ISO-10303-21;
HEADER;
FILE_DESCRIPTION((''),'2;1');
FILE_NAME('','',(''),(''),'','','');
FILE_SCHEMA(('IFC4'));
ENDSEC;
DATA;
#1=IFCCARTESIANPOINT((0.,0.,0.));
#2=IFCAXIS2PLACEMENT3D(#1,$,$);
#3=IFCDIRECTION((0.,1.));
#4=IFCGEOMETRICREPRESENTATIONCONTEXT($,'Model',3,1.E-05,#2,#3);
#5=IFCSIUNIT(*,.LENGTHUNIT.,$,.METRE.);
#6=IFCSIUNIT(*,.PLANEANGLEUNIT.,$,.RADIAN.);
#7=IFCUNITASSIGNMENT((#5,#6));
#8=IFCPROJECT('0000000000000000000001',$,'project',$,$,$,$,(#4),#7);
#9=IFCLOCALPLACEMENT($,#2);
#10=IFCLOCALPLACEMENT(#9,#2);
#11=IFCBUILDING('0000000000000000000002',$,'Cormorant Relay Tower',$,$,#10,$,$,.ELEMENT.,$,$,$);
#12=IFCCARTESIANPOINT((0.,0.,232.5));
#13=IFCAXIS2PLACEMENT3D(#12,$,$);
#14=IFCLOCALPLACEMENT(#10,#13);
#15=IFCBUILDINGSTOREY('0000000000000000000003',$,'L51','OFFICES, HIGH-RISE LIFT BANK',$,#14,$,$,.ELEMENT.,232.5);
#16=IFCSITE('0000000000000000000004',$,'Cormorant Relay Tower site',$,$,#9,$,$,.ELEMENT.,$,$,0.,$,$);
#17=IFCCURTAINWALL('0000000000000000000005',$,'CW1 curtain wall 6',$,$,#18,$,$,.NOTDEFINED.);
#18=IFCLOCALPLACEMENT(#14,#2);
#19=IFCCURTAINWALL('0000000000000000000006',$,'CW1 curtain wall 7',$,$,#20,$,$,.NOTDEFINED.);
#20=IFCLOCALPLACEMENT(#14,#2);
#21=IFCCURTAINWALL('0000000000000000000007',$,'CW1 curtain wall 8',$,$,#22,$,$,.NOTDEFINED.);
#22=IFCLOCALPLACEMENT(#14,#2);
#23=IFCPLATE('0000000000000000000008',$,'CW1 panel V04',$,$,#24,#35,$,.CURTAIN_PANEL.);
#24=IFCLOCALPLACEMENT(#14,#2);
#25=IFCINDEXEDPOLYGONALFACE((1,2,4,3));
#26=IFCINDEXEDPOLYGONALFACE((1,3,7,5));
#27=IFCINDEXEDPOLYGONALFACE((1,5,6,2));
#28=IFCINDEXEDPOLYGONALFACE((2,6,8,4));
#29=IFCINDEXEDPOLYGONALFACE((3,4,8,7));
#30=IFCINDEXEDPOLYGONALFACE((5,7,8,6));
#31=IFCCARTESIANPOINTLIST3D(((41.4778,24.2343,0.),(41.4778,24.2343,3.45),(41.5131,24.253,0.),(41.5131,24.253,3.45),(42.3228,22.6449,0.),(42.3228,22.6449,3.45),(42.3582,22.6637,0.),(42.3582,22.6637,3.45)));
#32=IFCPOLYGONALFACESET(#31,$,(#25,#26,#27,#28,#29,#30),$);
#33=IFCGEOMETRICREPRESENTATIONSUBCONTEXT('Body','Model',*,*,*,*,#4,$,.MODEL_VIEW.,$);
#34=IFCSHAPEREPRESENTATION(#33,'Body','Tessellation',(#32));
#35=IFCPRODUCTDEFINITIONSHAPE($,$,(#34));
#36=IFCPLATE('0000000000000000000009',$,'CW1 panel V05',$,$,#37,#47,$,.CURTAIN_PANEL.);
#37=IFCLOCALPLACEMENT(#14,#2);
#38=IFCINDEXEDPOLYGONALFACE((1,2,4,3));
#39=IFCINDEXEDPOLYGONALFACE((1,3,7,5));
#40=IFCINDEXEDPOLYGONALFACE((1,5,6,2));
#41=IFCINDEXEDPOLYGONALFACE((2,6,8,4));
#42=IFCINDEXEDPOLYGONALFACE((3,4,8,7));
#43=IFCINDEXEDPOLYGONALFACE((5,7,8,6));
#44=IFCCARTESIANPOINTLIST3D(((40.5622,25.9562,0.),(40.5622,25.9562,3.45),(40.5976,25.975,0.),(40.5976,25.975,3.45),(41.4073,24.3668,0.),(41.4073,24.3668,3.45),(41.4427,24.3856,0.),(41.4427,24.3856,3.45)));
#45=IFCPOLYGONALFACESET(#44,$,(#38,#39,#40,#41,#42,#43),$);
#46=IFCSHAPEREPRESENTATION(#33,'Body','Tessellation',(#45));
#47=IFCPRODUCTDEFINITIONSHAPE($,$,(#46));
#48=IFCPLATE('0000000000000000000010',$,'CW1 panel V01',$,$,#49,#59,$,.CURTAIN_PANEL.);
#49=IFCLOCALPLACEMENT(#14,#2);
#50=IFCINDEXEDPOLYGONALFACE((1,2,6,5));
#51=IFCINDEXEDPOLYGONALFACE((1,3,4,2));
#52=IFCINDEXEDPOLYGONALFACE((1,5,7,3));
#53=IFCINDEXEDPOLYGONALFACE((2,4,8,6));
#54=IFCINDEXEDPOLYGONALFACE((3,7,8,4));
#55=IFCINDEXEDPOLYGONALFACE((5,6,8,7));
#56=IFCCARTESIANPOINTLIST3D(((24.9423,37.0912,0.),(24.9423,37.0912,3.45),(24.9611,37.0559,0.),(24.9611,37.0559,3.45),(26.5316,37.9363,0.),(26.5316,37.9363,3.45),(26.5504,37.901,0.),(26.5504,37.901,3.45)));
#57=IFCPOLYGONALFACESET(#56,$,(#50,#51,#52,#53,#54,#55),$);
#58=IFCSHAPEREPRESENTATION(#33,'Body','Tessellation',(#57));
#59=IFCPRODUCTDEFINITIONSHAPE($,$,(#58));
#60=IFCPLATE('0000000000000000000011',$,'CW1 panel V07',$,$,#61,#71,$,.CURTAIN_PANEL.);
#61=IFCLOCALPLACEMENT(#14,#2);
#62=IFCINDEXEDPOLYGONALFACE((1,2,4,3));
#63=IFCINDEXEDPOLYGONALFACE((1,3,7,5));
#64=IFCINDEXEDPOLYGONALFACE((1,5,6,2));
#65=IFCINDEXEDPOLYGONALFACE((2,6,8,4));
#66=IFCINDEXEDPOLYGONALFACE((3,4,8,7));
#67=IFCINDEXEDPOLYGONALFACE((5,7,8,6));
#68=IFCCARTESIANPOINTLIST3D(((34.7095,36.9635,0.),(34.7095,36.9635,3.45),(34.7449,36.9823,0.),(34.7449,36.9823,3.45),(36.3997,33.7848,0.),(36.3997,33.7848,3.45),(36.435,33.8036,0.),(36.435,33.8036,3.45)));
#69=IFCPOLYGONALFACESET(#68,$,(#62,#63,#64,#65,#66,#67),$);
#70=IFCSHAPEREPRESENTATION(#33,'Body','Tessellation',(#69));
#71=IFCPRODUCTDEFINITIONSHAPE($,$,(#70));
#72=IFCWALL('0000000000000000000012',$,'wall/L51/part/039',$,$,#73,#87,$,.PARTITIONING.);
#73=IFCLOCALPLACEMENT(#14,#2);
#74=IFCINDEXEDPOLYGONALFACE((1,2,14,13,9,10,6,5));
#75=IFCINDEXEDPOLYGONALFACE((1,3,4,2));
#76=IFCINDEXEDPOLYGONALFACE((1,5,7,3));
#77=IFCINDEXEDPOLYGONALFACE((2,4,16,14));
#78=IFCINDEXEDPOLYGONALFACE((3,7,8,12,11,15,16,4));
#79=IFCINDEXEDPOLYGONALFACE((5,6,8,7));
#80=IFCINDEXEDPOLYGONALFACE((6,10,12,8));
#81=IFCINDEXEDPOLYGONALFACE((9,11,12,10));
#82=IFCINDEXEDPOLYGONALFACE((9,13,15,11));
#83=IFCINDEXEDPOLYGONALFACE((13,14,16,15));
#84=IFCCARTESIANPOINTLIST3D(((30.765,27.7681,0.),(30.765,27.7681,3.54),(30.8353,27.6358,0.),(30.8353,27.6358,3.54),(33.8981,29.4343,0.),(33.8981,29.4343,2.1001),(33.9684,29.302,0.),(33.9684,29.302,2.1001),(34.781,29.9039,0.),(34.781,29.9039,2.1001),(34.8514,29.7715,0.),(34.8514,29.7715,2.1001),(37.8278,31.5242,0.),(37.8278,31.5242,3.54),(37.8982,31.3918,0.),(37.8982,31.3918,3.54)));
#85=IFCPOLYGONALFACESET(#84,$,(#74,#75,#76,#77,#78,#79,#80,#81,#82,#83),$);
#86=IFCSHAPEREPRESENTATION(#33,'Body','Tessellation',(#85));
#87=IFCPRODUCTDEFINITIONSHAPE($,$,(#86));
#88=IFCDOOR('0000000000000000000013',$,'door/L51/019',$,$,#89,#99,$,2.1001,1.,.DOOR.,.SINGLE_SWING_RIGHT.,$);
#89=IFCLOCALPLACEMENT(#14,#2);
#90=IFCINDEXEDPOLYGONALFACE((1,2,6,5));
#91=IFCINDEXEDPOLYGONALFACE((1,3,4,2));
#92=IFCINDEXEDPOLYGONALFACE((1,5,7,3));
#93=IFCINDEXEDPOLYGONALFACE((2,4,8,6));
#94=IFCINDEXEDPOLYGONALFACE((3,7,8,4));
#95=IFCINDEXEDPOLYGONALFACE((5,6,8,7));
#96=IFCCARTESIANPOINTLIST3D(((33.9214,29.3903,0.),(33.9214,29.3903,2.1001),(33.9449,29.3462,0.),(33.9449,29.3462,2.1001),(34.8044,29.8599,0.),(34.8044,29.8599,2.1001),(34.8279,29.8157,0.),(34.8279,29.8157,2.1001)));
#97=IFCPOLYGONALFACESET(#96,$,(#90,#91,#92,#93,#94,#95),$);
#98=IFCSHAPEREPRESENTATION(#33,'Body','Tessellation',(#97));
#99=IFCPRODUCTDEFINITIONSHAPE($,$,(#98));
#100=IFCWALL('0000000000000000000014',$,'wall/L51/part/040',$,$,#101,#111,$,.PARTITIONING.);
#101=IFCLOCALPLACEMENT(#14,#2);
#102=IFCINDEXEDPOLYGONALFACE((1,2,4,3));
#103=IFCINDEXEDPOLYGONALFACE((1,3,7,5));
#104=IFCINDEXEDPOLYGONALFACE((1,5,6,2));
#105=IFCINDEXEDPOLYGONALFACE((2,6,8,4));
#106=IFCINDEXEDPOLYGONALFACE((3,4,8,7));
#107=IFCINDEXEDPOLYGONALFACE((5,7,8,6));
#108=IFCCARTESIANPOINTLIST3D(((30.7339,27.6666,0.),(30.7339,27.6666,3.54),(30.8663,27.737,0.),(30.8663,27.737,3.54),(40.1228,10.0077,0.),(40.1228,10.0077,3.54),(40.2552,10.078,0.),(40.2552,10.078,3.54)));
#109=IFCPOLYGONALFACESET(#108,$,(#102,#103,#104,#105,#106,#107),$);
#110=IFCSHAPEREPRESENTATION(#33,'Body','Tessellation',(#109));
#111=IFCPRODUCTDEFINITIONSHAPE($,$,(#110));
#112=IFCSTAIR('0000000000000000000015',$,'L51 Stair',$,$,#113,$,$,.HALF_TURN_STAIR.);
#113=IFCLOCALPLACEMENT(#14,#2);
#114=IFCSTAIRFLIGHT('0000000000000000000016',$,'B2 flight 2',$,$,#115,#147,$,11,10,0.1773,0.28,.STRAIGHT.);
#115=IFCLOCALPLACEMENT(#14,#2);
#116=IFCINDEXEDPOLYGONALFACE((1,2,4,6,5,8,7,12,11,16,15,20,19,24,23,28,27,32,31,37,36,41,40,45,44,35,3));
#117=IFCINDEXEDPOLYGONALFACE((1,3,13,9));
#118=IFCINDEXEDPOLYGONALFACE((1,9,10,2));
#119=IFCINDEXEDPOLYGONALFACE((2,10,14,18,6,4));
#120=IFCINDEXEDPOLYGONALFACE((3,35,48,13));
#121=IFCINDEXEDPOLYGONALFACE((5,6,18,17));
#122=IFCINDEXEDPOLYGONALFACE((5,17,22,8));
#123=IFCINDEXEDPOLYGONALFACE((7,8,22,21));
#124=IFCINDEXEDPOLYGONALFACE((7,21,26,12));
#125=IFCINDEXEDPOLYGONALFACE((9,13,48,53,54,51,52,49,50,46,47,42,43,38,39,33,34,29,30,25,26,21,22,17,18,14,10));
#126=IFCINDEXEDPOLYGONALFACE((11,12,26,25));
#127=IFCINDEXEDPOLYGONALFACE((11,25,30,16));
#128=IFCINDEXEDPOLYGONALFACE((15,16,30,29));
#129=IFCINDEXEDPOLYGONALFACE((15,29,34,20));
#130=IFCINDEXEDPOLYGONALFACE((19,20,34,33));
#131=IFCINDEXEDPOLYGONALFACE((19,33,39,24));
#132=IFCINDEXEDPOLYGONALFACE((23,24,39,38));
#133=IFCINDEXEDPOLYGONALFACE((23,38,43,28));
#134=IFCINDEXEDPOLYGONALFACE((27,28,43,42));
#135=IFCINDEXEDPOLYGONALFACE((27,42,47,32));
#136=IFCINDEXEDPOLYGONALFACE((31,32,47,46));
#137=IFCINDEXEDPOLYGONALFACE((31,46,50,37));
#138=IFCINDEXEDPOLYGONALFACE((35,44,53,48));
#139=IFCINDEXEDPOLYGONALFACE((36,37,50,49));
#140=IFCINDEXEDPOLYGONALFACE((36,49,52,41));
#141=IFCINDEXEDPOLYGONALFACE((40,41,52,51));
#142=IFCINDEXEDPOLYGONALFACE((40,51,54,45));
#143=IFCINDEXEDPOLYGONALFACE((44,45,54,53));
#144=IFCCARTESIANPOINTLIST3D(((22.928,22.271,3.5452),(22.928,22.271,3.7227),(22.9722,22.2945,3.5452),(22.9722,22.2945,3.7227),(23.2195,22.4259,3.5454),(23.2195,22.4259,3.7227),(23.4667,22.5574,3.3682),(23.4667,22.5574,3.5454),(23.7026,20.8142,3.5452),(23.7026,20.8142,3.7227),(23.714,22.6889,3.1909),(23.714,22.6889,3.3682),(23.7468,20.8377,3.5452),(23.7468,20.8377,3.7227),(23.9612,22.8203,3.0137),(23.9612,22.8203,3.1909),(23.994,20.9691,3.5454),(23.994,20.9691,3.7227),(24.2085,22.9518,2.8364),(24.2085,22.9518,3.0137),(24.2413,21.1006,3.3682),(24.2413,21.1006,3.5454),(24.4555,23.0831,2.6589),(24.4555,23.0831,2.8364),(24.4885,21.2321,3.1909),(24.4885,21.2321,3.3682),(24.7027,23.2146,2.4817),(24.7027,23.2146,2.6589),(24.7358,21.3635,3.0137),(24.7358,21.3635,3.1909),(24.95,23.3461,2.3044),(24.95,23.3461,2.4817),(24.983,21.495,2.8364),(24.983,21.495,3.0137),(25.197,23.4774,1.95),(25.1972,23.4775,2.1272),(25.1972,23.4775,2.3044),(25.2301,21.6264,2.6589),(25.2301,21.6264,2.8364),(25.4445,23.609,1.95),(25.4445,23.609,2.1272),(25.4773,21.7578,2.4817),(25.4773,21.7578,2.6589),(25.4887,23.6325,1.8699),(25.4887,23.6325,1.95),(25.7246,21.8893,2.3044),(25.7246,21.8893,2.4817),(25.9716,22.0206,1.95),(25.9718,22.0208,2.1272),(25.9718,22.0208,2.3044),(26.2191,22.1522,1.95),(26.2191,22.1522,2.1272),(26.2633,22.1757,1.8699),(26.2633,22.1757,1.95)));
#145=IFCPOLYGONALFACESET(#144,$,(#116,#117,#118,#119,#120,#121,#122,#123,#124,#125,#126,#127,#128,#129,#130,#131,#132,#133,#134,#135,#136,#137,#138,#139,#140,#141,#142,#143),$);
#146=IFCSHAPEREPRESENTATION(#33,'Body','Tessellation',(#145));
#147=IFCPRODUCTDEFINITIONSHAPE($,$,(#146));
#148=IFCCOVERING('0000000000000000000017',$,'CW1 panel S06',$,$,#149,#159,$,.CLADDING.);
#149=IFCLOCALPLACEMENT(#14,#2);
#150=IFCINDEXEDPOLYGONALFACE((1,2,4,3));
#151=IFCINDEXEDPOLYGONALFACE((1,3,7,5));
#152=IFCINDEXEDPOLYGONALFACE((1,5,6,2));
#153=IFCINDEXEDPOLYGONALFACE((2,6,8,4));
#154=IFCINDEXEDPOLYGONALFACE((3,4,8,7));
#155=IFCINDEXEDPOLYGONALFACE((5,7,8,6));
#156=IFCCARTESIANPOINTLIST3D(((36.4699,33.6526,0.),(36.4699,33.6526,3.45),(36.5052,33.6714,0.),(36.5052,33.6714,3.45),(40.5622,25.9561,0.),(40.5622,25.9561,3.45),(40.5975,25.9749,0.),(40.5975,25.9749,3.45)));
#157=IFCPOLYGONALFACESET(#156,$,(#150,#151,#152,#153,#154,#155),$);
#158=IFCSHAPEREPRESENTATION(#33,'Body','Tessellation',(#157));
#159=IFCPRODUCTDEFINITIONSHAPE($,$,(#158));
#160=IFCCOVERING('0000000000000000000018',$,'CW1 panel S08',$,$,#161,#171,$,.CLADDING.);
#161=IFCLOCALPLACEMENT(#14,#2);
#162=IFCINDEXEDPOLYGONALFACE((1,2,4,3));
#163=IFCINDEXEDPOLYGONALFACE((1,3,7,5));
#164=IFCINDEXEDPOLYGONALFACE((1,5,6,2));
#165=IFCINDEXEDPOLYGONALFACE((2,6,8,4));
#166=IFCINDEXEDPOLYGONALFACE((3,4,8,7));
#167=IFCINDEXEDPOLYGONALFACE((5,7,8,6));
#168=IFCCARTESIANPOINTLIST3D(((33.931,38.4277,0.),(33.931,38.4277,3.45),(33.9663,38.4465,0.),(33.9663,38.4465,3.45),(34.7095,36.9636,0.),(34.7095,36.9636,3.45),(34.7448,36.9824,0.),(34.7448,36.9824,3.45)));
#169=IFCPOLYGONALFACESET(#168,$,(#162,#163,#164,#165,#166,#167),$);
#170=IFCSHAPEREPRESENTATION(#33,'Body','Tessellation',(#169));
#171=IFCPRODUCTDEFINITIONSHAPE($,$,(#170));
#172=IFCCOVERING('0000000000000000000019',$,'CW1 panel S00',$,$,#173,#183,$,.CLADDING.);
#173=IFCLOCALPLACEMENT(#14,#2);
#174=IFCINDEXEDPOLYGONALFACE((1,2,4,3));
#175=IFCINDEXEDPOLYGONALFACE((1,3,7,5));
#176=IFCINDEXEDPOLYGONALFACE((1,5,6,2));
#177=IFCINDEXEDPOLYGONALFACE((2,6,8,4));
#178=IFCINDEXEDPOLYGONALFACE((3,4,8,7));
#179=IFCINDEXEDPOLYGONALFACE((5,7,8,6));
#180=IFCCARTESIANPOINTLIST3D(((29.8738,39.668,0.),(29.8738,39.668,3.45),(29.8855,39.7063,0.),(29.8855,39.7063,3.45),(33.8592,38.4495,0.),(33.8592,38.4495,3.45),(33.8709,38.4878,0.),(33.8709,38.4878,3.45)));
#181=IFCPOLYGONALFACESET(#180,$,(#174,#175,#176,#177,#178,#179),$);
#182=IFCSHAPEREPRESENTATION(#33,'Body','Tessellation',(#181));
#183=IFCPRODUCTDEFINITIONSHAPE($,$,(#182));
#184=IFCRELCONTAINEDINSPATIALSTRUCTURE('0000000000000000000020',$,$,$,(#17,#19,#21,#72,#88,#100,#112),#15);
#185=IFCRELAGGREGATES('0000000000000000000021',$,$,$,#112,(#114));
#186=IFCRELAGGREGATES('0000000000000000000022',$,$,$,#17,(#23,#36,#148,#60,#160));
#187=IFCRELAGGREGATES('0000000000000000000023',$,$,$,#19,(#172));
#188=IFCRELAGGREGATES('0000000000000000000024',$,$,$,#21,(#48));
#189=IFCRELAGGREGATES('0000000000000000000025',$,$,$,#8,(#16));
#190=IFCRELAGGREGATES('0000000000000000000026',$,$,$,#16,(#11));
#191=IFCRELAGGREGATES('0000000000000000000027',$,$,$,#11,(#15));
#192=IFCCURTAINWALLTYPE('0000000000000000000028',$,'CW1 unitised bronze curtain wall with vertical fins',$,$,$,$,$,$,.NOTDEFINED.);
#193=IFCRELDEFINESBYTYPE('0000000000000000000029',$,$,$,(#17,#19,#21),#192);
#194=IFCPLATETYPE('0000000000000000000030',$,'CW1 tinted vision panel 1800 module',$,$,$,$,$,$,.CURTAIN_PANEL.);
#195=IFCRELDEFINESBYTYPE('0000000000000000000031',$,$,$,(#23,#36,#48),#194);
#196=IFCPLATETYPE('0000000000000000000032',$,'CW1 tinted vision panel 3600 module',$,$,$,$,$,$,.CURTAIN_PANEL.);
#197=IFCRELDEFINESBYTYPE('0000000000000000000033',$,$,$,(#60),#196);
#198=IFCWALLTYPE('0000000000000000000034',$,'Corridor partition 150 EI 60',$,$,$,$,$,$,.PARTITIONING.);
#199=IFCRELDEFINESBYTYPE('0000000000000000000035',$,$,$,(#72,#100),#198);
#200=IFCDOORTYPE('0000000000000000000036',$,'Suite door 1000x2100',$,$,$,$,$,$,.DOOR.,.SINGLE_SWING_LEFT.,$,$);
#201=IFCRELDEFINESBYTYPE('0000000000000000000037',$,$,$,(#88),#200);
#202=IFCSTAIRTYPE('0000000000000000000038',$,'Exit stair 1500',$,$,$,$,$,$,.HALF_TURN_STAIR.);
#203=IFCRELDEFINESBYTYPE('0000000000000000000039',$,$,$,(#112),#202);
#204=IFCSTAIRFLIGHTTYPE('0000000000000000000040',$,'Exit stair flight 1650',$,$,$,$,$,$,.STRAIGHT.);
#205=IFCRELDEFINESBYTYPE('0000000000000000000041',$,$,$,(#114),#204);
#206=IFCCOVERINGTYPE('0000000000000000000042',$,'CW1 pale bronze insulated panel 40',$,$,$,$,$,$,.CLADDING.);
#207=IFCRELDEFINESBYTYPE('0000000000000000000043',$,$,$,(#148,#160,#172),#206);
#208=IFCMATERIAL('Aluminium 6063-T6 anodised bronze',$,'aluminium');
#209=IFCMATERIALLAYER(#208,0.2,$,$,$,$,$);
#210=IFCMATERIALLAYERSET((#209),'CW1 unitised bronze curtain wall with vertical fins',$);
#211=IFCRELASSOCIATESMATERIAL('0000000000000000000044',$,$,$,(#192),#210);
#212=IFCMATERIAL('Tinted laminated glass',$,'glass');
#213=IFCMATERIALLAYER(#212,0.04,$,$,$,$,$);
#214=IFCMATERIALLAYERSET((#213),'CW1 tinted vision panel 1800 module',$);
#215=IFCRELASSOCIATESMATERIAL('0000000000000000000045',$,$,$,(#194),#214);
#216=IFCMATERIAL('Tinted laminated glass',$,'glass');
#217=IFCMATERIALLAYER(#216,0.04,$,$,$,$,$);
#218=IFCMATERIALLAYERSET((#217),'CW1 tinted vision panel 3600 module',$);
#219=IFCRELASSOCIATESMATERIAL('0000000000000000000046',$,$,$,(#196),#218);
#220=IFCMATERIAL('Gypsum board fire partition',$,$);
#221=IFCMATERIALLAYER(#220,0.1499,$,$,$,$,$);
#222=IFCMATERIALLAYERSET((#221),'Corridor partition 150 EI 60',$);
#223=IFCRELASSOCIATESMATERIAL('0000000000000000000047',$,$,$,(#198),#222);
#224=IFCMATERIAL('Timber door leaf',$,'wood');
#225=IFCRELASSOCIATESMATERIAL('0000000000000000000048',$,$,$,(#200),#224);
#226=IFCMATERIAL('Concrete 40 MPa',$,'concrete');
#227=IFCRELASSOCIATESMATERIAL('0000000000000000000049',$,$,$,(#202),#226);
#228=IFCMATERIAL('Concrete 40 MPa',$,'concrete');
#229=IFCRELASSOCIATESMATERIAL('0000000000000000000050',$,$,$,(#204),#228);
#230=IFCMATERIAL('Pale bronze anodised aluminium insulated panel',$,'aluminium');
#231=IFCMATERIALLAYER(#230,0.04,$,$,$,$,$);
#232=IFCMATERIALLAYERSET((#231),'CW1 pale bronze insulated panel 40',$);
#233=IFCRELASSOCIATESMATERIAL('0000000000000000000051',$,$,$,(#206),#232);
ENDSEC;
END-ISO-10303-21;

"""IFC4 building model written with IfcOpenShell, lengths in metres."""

from ifc_helpers import new_model, si_unit, direction, frame, frame_2d, origin, origin_2d, place, context, subcontext, project, spatial, polyline, rectangle, outline, extrude, material, layer, layer_set, type_object, element, fill, aggregate, save


model = new_model("IFC4")

# Units and contexts
model_context = context("Model", 3, precision=1e-05, world=origin(), true_north=direction((0.0, 1.0)))
body_context = subcontext(model_context, "Body", "Model", "MODEL_VIEW")
ifc_project = project(units=[si_unit("LENGTHUNIT", "METRE"), si_unit("PLANEANGLEUNIT", "RADIAN")], contexts=[model_context])

# Site, building, storey
site_placement = place(None, origin())
site = spatial("IfcSite", under=ifc_project, at=site_placement, Name="Cormorant Relay Tower site", CompositionType="ELEMENT", RefElevation=0.0)
building_placement = place(site_placement, origin())
building = spatial("IfcBuilding", under=site, at=building_placement, Name="Cormorant Relay Tower", CompositionType="ELEMENT")
storey_placement = place(building_placement, frame((0.0, 0.0, 232.5)))
storey = spatial("IfcBuildingStorey", under=building, at=storey_placement, Name="L51", Description="OFFICES, HIGH-RISE LIFT BANK", CompositionType="ELEMENT", Elevation=232.5)

# Curtain wall
ifc_material_1 = material(Name="Aluminium 6063-T6 anodised bronze", Category="aluminium")
ifc_layer_1 = layer(ifc_material_1, 0.2)
ifc_layer_set_1 = layer_set([ifc_layer_1], Name="CW1 unitised bronze curtain wall with vertical fins")
curtain_wall_type = type_object("IfcCurtainWallType", Name="CW1 unitised bronze curtain wall with vertical fins", PredefinedType="NOTDEFINED", material=ifc_layer_set_1)
curtain_wall_1_placement = place(storey_placement, origin())
curtain_wall_1 = element("IfcCurtainWall", 1, at=curtain_wall_1_placement, inside=storey, type_object=curtain_wall_type, Name="CW1 curtain wall 6", PredefinedType="NOTDEFINED")

# Curtain walls
curtain_wall_2_placement = place(storey_placement, origin())
curtain_wall_2 = element("IfcCurtainWall", 2, at=curtain_wall_2_placement, inside=storey, type_object=curtain_wall_type, Name="CW1 curtain wall 7", PredefinedType="NOTDEFINED")
curtain_wall_3_placement = place(storey_placement, origin())
curtain_wall_3 = element("IfcCurtainWall", 3, at=curtain_wall_3_placement, inside=storey, type_object=curtain_wall_type, Name="CW1 curtain wall 8", PredefinedType="NOTDEFINED")

# Plates
ifc_material_2 = material(Name="Tinted laminated glass", Category="glass")
ifc_layer_2 = layer(ifc_material_2, 0.04)
ifc_layer_set_2 = layer_set([ifc_layer_2], Name="CW1 tinted vision panel 1800 module")
plate_type_1 = type_object("IfcPlateType", Name="CW1 tinted vision panel 1800 module", PredefinedType="CURTAIN_PANEL", material=ifc_layer_set_2)
plate_1_placement = place(storey_placement, frame((41.918, 23.449, 0.0), z_axis=(0.0, 0.0, 1.0), x_axis=(-0.469472, 0.882948, 0.0)))
plate_1 = element("IfcPlate", 4, at=plate_1_placement, type_object=plate_type_1, Name="CW1 panel V04", PredefinedType="CURTAIN_PANEL", context=body_context, shape_type="SweptSolid", body=[
    extrude(rectangle(XDim=1.8, YDim=0.04, at=origin_2d()), origin(), (0.0, 0.0, 1.0), 3.45),
])
plate_2_placement = place(storey_placement, frame((41.0024, 25.1709, 0.0), z_axis=(0.0, 0.0, 1.0), x_axis=(-0.469472, 0.882948, 0.0)))
plate_2 = element("IfcPlate", 5, at=plate_2_placement, type_object=plate_type_1, Name="CW1 panel V05", PredefinedType="CURTAIN_PANEL", context=body_context, shape_type="SweptSolid", body=[
    extrude(rectangle(XDim=1.8, YDim=0.04, at=origin_2d()), origin(), (0.0, 0.0, 1.0), 3.45),
])
plate_3_placement = place(storey_placement, frame((25.7463, 37.4961, 0.0), z_axis=(0.0, 0.0, 1.0), x_axis=(-0.882948, -0.469472, 0.0)))
plate_3 = element("IfcPlate", 6, at=plate_3_placement, type_object=plate_type_1, Name="CW1 panel V01", PredefinedType="CURTAIN_PANEL", context=body_context, shape_type="SweptSolid", body=[
    extrude(rectangle(XDim=1.8, YDim=0.04, at=origin_2d()), origin(), (0.0, 0.0, 1.0), 3.45),
])
ifc_material_3 = material(Name="Tinted laminated glass", Category="glass")
ifc_layer_3 = layer(ifc_material_3, 0.04)
ifc_layer_set_3 = layer_set([ifc_layer_3], Name="CW1 tinted vision panel 3600 module")
plate_type_2 = type_object("IfcPlateType", Name="CW1 tinted vision panel 3600 module", PredefinedType="CURTAIN_PANEL", material=ifc_layer_set_3)
plate_4_placement = place(storey_placement, frame((35.5723, 35.3835, 0.0), z_axis=(0.0, 0.0, 1.0), x_axis=(-0.469472, 0.882948, 0.0)))
plate_4 = element("IfcPlate", 7, at=plate_4_placement, type_object=plate_type_2, Name="CW1 panel V07", PredefinedType="CURTAIN_PANEL", context=body_context, shape_type="SweptSolid", body=[
    extrude(rectangle(XDim=3.6001, YDim=0.04, at=origin_2d()), origin(), (0.0, 0.0, 1.0), 3.45),
])

# Wall, opening, door
ifc_material_4 = material(Name="Gypsum board fire partition")
ifc_layer_4 = layer(ifc_material_4, 0.1499)
ifc_layer_set_4 = layer_set([ifc_layer_4], Name="Corridor partition 150 EI 60")
wall_type = type_object("IfcWallType", Name="Corridor partition 150 EI 60", PredefinedType="PARTITIONING", material=ifc_layer_set_4)
wall_1_placement = place(storey_placement, frame((37.863, 31.458, 0.0), z_axis=(0.0, 0.0, 1.0), x_axis=(-0.882914, -0.469535, 0.0)))
wall_1 = element("IfcWall", 8, at=wall_1_placement, inside=storey, type_object=wall_type, Name="wall/L51/part/039", PredefinedType="PARTITIONING", context=body_context, shape_type="SweptSolid", body=[
    extrude(rectangle(XDim=7.9995, YDim=0.1499, at=frame_2d((3.9998, 0.0))), origin(), (0.0, 0.0, 1.0), 3.54),
])
opening_placement = place(wall_1_placement, frame((3.4509, 0.0, 0.0)))
opening = element("IfcOpeningElement", 9, at=opening_placement, cuts=wall_1, PredefinedType="OPENING", context=body_context, shape_type="SweptSolid", body=[
    extrude(rectangle(XDim=1.0, YDim=2.1001, at=frame_2d((0.5, 1.05))), frame((0.0, 0.085, 0.0), z_axis=(0.0, -1.0, 0.0), x_axis=(1.0, 0.0, 0.0)), (0.0, 0.0, 1.0), 0.1699),
])
ifc_material_5 = material(Name="Timber door leaf", Category="wood")
door_type = type_object("IfcDoorType", Name="Suite door 1000x2100", OperationType="SINGLE_SWING_LEFT", PredefinedType="DOOR", material=ifc_material_5)
door_placement = place(opening_placement, origin())
door = element("IfcDoor", 10, at=door_placement, inside=storey, type_object=door_type, Name="door/L51/019", OperationType="SINGLE_SWING_RIGHT", OverallHeight=2.1001, OverallWidth=1.0, PredefinedType="DOOR", context=body_context, shape_type="SweptSolid", body=[
    extrude(rectangle(XDim=1.0, YDim=2.1001, at=frame_2d((0.5, 1.05))), frame((0.0, 0.0249, 0.0), z_axis=(0.0, -1.0, 0.0), x_axis=(1.0, 0.0, 0.0)), (0.0, 0.0, 1.0), 0.05),
])
fill(opening, door)

# Wall
wall_2_placement = place(storey_placement, frame((30.8, 27.7019, 0.0), z_axis=(0.0, 0.0, 1.0), x_axis=(0.469452, -0.882958, 0.0)))
element("IfcWall", 11, at=wall_2_placement, inside=storey, type_object=wall_type, Name="wall/L51/part/040", PredefinedType="PARTITIONING", context=body_context, shape_type="SweptSolid", body=[
    extrude(rectangle(XDim=19.9998, YDim=0.1499, at=frame_2d((10.0, 0.0))), origin(), (0.0, 0.0, 1.0), 3.54),
])

# Stair, stair flight
ifc_material_6 = material(Name="Concrete 40 MPa", Category="concrete")
stair_type = type_object("IfcStairType", Name="Exit stair 1500", PredefinedType="HALF_TURN_STAIR", material=ifc_material_6)
stair_placement = place(storey_placement, origin())
stair = element("IfcStair", 12, at=stair_placement, inside=storey, type_object=stair_type, Name="L51 Stair", PredefinedType="HALF_TURN_STAIR")
ifc_material_7 = material(Name="Concrete 40 MPa", Category="concrete")
stair_flight_type = type_object("IfcStairFlightType", Name="Exit stair flight 1650", PredefinedType="STRAIGHT", material=ifc_material_7)
stair_flight_placement = place(storey_placement, frame((25.8318, 22.8806, 1.95), z_axis=(0.0, 0.0, 1.0), x_axis=(-0.882948, -0.469472, 0.0)))
stair_flight = element("IfcStairFlight", 13, at=stair_flight_placement, type_object=stair_flight_type, Name="B2 flight 2", NumberOfRisers=11, NumberOfTreads=10, PredefinedType="STRAIGHT", RiserHeight=0.1773, TreadLength=0.28, context=body_context, shape_type="SweptSolid", body=[
    extrude(outline(polyline([(-0.05, -0.0801), (-0.05, 0.0), (0.0, 0.0), (0.0, 0.1772), (0.28, 0.1772), (0.28, 0.3545), (0.5601, 0.3545), (0.5601, 0.5317), (0.8401, 0.5317), (0.8401, 0.709), (1.1201, 0.709), (1.1201, 0.8865), (1.3999, 0.8865), (1.3999, 1.0637), (1.6799, 1.0637), (1.6799, 1.241), (1.96, 1.241), (1.96, 1.4182), (2.24, 1.4182), (2.24, 1.5955), (2.52, 1.5955), (2.52, 1.7727), (2.8, 1.7727), (2.8501, 1.7727), (2.8501, 1.5952), (2.8, 1.5952), (0.2803, 0.0), (-0.05, -0.0801)])), frame((0.0, 0.825, 0.0), z_axis=(0.0, -1.0, 0.0), x_axis=(1.0, 0.0, 0.0)), (0.0, 0.0, 1.0), 1.6499),
])
aggregate(stair, [stair_flight])

# Coverings
ifc_material_8 = material(Name="Pale bronze anodised aluminium insulated panel", Category="aluminium")
ifc_layer_5 = layer(ifc_material_8, 0.04)
ifc_layer_set_5 = layer_set([ifc_layer_5], Name="CW1 pale bronze insulated panel 40")
covering_type = type_object("IfcCoveringType", Name="CW1 pale bronze insulated panel 40", PredefinedType="CLADDING", material=ifc_layer_set_5)
covering_1_placement = place(storey_placement, frame((38.5337, 29.8137, 0.0), z_axis=(0.0, 0.0, 1.0), x_axis=(-0.469472, 0.882948, 0.0)))
covering_1 = element("IfcCovering", 14, at=covering_1_placement, type_object=covering_type, Name="CW1 panel S06", PredefinedType="CLADDING", context=body_context, shape_type="SweptSolid", body=[
    extrude(rectangle(XDim=8.7168, YDim=0.04, at=origin_2d()), origin(), (0.0, 0.0, 1.0), 3.45),
])
covering_2_placement = place(storey_placement, frame((34.3379, 37.7051, 0.0), z_axis=(0.0, 0.0, 1.0), x_axis=(-0.469472, 0.882948, 0.0)))
covering_2 = element("IfcCovering", 15, at=covering_2_placement, type_object=covering_type, Name="CW1 panel S08", PredefinedType="CLADDING", context=body_context, shape_type="SweptSolid", body=[
    extrude(rectangle(XDim=1.6582, YDim=0.04, at=origin_2d()), origin(), (0.0, 0.0, 1.0), 3.45),
])
aggregate(curtain_wall_1, [plate_1, plate_2, covering_1, plate_4, covering_2])
covering_3_placement = place(storey_placement, frame((31.8723, 39.0779, 0.0), z_axis=(0.0, 0.0, 1.0), x_axis=(-0.956305, 0.292372, 0.0)))
covering_3 = element("IfcCovering", 16, at=covering_3_placement, type_object=covering_type, Name="CW1 panel S00", PredefinedType="CLADDING", context=body_context, shape_type="SweptSolid", body=[
    extrude(rectangle(XDim=4.1675, YDim=0.04, at=origin_2d()), origin(), (0.0, 0.0, 1.0), 3.45),
])
aggregate(curtain_wall_2, [covering_3])
aggregate(curtain_wall_3, [plate_3])

save(model, "model.ifc")
